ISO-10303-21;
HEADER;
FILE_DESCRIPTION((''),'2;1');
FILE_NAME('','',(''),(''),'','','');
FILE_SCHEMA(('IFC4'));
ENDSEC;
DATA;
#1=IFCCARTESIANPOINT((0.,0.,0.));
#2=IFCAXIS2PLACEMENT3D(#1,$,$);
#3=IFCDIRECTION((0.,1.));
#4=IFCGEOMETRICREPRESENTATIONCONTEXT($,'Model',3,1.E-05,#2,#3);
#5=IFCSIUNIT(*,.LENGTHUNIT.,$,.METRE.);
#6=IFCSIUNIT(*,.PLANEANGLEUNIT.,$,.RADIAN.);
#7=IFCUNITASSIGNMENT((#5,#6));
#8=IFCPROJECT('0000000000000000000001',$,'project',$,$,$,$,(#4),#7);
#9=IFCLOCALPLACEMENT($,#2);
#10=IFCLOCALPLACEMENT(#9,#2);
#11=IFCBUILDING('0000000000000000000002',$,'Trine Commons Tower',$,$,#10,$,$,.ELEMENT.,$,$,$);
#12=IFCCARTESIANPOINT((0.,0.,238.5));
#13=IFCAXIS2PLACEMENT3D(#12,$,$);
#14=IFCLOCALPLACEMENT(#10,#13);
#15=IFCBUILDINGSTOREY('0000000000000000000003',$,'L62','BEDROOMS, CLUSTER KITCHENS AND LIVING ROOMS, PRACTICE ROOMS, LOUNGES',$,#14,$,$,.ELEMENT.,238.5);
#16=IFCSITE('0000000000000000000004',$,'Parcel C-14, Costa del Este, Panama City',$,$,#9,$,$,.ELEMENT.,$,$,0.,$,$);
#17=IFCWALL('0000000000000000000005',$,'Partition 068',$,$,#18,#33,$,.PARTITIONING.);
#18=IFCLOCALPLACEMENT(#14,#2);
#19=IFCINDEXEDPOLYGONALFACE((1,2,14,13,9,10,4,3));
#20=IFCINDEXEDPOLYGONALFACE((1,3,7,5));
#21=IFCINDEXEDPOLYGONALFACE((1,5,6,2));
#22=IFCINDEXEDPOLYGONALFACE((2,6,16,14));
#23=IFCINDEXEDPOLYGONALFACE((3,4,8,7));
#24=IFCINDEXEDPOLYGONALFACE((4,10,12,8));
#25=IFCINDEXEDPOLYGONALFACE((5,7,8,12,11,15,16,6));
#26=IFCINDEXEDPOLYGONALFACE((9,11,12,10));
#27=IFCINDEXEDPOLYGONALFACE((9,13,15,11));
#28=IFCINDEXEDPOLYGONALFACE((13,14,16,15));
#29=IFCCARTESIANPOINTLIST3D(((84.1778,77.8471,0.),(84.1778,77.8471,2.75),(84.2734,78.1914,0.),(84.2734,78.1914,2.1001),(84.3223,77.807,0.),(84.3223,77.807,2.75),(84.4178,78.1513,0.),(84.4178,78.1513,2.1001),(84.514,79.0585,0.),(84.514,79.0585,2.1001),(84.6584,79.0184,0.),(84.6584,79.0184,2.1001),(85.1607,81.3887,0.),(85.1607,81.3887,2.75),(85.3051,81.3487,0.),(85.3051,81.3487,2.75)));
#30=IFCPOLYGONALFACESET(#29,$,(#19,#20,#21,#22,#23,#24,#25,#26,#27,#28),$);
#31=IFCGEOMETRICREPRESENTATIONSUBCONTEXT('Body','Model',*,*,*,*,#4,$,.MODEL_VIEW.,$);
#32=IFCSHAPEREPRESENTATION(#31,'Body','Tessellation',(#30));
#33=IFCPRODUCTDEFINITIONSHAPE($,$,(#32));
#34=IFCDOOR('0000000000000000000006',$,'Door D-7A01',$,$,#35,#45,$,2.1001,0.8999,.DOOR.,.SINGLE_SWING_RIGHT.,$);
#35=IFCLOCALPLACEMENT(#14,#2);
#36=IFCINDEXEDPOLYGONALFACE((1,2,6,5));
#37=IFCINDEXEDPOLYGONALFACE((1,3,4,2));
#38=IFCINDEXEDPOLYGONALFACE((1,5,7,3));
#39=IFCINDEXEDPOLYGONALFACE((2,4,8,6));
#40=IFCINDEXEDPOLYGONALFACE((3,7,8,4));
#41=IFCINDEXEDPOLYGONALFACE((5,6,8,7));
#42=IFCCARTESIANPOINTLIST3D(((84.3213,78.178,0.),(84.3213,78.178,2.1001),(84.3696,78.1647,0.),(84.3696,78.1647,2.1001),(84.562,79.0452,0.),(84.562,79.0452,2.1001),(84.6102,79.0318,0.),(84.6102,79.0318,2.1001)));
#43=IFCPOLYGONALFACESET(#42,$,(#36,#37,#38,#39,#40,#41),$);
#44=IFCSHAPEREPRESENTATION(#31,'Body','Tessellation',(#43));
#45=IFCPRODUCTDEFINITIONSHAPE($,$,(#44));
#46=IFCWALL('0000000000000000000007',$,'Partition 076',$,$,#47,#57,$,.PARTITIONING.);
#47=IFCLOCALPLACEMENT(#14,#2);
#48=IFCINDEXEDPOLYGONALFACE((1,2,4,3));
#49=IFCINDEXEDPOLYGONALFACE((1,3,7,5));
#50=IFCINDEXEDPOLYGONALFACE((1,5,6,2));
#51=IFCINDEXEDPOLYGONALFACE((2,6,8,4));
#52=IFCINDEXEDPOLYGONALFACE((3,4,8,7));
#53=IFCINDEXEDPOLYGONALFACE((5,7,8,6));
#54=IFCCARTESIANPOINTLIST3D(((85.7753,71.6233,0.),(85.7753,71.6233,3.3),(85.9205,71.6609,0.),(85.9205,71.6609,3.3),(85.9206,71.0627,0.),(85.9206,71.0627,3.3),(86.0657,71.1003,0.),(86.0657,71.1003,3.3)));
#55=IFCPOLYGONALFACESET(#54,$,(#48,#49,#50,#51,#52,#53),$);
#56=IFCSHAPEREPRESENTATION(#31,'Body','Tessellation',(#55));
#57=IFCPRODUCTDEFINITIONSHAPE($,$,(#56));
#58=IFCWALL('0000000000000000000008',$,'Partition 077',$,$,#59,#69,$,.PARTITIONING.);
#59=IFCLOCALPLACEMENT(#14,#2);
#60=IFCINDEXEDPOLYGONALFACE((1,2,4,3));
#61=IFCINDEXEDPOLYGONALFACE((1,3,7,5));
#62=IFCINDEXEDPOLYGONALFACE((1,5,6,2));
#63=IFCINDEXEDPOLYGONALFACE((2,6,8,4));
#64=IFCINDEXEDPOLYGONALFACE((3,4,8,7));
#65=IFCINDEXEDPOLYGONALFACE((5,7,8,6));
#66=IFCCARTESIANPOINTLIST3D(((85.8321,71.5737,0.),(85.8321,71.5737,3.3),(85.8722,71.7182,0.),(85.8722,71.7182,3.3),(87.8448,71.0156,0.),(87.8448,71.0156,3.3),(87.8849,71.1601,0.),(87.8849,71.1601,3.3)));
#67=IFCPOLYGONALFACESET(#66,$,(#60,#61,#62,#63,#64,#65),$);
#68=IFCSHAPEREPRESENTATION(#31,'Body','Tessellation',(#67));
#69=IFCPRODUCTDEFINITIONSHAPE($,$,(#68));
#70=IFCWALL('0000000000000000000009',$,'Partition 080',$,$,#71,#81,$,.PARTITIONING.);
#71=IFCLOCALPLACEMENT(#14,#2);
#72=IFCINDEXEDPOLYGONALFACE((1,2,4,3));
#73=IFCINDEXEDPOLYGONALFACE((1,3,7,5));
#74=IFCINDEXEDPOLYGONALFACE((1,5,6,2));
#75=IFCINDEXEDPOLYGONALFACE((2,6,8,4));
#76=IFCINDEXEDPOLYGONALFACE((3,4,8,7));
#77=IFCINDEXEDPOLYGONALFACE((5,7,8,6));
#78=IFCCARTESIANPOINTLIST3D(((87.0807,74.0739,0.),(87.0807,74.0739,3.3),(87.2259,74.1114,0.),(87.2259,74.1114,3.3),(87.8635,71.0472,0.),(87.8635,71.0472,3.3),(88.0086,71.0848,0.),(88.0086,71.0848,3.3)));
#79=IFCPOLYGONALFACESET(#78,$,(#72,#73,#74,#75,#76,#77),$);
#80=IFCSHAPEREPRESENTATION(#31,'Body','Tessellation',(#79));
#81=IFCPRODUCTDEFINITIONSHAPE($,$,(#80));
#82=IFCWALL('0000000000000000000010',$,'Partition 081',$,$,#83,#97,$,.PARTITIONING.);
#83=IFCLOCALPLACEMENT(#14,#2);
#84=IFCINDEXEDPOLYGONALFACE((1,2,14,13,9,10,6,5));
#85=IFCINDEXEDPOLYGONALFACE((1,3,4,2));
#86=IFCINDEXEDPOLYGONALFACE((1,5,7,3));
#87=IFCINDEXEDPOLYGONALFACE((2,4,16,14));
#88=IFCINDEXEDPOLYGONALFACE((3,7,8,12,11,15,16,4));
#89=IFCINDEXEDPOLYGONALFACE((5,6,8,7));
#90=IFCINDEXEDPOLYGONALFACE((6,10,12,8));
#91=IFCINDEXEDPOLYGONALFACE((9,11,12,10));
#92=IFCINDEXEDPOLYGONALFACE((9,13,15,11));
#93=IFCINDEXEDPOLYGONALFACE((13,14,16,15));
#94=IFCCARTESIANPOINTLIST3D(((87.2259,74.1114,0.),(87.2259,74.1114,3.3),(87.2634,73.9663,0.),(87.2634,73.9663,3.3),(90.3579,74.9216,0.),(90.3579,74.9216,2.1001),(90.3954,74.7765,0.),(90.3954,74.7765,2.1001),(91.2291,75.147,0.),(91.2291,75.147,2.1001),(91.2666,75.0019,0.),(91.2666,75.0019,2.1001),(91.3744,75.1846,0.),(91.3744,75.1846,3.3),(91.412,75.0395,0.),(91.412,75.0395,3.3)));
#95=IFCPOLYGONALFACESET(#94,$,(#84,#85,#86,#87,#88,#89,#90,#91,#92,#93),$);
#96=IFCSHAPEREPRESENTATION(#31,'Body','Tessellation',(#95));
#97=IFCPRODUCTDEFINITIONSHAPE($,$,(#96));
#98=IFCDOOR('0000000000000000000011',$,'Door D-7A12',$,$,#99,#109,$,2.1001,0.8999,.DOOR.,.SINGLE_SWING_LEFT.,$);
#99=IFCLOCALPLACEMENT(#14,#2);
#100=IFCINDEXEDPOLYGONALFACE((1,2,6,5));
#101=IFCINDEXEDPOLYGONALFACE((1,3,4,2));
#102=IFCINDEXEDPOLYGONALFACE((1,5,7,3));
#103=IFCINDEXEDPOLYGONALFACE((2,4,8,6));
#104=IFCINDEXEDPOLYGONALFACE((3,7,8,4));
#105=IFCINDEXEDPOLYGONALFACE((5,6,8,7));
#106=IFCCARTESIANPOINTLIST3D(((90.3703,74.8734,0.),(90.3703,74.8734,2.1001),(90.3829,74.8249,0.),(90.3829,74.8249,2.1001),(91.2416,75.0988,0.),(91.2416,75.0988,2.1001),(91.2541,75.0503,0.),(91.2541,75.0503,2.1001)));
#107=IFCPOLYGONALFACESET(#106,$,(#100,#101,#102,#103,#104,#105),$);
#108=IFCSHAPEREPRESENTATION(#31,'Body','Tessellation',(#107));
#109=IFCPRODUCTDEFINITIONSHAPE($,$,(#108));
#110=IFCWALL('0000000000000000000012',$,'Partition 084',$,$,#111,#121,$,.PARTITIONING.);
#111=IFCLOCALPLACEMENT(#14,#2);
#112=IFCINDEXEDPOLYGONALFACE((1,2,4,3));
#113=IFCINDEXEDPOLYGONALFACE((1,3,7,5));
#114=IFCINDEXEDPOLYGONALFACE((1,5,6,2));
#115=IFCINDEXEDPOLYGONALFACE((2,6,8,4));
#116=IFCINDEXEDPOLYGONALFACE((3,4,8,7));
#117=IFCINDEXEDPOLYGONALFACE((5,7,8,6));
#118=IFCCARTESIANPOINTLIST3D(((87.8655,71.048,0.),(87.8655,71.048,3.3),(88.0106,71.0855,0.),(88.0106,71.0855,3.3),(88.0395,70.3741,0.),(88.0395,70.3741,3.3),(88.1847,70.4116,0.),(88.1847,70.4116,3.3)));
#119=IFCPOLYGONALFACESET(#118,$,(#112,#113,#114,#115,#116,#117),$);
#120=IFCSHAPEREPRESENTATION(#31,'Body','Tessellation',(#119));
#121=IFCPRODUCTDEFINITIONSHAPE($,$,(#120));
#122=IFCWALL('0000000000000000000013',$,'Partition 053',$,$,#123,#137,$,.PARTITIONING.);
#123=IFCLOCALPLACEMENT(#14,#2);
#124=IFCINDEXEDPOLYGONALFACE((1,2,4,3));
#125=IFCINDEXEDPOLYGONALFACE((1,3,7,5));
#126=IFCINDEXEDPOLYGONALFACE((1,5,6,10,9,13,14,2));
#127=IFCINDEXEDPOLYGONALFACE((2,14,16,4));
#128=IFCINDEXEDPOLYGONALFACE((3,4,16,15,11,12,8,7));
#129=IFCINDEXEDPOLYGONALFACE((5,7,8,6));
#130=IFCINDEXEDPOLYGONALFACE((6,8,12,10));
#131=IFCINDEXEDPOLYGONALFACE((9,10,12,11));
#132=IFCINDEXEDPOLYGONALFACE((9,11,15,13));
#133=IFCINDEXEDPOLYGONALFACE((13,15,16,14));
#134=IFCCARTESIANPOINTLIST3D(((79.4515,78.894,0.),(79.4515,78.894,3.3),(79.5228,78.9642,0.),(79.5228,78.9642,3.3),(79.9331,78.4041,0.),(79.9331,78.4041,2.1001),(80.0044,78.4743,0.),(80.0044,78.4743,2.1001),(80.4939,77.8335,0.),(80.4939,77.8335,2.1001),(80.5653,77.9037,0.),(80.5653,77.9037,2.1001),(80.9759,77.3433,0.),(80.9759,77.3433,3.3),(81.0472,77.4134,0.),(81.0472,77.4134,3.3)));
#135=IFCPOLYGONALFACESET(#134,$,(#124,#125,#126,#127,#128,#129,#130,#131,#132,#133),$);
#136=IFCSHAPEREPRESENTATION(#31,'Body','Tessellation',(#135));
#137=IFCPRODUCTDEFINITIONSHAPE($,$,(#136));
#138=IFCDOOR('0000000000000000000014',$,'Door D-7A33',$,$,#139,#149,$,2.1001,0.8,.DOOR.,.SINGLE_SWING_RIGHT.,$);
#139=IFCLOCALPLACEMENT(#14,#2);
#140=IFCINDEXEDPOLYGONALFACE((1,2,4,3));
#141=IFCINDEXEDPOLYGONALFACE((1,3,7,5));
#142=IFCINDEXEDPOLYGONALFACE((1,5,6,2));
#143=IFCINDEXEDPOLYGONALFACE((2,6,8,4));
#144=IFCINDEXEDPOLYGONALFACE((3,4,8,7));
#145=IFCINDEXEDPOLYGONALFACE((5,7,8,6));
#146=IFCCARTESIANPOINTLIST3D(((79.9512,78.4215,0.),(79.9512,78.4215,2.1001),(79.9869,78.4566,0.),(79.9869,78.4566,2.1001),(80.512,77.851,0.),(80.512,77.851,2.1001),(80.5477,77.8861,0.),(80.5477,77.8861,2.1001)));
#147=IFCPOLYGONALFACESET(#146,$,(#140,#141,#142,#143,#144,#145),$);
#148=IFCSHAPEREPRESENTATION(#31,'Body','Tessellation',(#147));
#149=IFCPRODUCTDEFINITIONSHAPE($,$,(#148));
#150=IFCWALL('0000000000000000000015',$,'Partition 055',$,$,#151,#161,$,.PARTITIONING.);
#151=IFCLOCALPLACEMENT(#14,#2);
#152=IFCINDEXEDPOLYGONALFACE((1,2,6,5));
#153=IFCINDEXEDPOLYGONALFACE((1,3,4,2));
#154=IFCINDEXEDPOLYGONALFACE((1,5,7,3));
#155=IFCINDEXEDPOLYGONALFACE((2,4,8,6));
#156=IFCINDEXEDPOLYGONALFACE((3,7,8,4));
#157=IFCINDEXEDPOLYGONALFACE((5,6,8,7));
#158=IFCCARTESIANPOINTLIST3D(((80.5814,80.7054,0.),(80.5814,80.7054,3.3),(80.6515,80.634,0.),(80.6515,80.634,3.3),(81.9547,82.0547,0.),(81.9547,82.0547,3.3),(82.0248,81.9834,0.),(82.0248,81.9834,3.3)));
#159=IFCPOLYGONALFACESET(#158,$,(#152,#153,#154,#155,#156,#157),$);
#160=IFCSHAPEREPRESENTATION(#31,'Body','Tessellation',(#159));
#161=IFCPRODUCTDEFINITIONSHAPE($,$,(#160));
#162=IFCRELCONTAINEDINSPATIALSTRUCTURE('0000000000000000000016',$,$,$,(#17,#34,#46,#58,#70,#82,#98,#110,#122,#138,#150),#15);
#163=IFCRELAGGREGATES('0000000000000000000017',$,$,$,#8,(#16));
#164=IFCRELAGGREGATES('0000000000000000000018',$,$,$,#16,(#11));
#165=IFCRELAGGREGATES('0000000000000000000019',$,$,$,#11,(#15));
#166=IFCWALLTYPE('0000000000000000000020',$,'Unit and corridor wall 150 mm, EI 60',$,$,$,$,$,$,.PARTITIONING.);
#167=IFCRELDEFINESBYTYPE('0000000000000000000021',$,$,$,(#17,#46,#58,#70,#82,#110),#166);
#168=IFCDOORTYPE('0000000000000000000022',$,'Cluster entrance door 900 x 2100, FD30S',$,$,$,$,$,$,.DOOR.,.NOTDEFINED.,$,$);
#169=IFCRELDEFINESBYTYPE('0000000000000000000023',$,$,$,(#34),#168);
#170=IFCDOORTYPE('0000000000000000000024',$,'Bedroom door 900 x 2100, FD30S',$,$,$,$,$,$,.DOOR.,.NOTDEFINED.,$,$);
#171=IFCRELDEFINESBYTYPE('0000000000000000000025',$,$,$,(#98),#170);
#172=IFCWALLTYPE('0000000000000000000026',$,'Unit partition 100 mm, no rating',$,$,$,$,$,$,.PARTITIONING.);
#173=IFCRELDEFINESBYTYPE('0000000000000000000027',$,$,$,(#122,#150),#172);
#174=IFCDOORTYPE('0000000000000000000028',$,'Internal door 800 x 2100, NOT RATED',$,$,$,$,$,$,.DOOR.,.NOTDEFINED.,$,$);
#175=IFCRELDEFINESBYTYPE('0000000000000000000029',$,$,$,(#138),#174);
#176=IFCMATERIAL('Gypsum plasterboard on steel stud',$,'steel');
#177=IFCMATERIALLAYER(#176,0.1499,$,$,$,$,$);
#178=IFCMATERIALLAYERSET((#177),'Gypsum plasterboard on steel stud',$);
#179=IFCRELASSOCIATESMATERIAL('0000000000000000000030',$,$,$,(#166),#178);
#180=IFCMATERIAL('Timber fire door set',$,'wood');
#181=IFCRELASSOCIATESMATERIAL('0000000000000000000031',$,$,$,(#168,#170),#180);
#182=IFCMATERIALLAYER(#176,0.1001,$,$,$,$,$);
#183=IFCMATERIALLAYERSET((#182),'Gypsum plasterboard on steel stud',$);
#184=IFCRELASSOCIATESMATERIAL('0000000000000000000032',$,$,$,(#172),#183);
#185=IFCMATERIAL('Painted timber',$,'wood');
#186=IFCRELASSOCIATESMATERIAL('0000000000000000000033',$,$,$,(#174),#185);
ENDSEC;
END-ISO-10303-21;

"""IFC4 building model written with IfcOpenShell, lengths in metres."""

from ifc_helpers import new_model, si_unit, direction, frame, frame_2d, origin, place, context, subcontext, project, spatial, rectangle, extrude, material, layer, layer_set, type_object, element, fill, save


model = new_model("IFC4")

# Units and contexts
model_context = context("Model", 3, precision=1e-05, world=origin(), true_north=direction((0.0, 1.0)))
body_context = subcontext(model_context, "Body", "Model", "MODEL_VIEW")
ifc_project = project(units=[si_unit("LENGTHUNIT", "METRE"), si_unit("PLANEANGLEUNIT", "RADIAN")], contexts=[model_context])

# Site, building, storey
site_placement = place(None, origin())
site = spatial("IfcSite", under=ifc_project, at=site_placement, Name="Parcel C-14, Costa del Este, Panama City", CompositionType="ELEMENT", RefElevation=0.0)
building_placement = place(site_placement, origin())
building = spatial("IfcBuilding", under=site, at=building_placement, Name="Trine Commons Tower", CompositionType="ELEMENT")
storey_placement = place(building_placement, frame((0.0, 0.0, 238.5)))
storey = spatial("IfcBuildingStorey", under=building, at=storey_placement, Name="L62", Description="BEDROOMS, CLUSTER KITCHENS AND LIVING ROOMS, PRACTICE ROOMS, LOUNGES", CompositionType="ELEMENT", Elevation=238.5)

# Shared definitions
ifc_material_1 = material(Name="Gypsum plasterboard on steel stud", Category="steel")
ifc_layer_1 = layer(ifc_material_1, 0.1499)
ifc_layer_set_1 = layer_set([ifc_layer_1], Name="Gypsum plasterboard on steel stud")
wall_type_1 = type_object("IfcWallType", Name="Unit and corridor wall 150 mm, EI 60", PredefinedType="PARTITIONING", material=ifc_layer_set_1)

# Wall, opening, door
wall_1_placement = place(storey_placement, frame((84.25, 77.8269, 0.0), z_axis=(0.0, 0.0, 1.0), x_axis=(0.267414, 0.963582, 0.0)))
wall_1 = element("IfcWall", 1, at=wall_1_placement, inside=storey, type_object=wall_type_1, Name="Partition 068", PredefinedType="PARTITIONING", context=body_context, shape_type="SweptSolid", body=[
    extrude(rectangle(XDim=3.6755, YDim=0.1499, at=frame_2d((1.8379, 0.0))), origin(), (0.0, 0.0, 1.0), 2.75),
])
opening_1_placement = place(wall_1_placement, frame((0.3574, 0.0, 0.0)))
opening_1 = element("IfcOpeningElement", 2, at=opening_1_placement, cuts=wall_1, PredefinedType="OPENING", context=body_context, shape_type="SweptSolid", body=[
    extrude(rectangle(XDim=0.8999, YDim=2.1001, at=frame_2d((0.45, 1.05))), frame((0.0, 0.085, 0.0), z_axis=(0.0, -1.0, 0.0), x_axis=(1.0, 0.0, 0.0)), (0.0, 0.0, 1.0), 0.1699),
])
ifc_material_2 = material(Name="Timber fire door set", Category="wood")
door_type_1 = type_object("IfcDoorType", Name="Cluster entrance door 900 x 2100, FD30S", OperationType="NOTDEFINED", PredefinedType="DOOR", material=ifc_material_2)
door_1_placement = place(opening_1_placement, frame((0.8999, 0.0, 0.0), z_axis=(0.0, 0.0, 1.0), x_axis=(-1.0, 0.0, 0.0)))
door_1 = element("IfcDoor", 3, at=door_1_placement, inside=storey, type_object=door_type_1, Name="Door D-7A01", OperationType="SINGLE_SWING_RIGHT", OverallHeight=2.1001, OverallWidth=0.8999, PredefinedType="DOOR", context=body_context, shape_type="SweptSolid", body=[
    extrude(rectangle(XDim=0.8999, YDim=2.1001, at=frame_2d((0.45, 1.05))), frame((0.0, 0.0249, 0.0), z_axis=(0.0, -1.0, 0.0), x_axis=(1.0, 0.0, 0.0)), (0.0, 0.0, 1.0), 0.05),
])
fill(opening_1, door_1)

# Walls
wall_2_placement = place(storey_placement, frame((85.8479, 71.6421, 0.0), z_axis=(0.0, 0.0, 1.0), x_axis=(0.25086, -0.968023, 0.0)))
element("IfcWall", 4, at=wall_2_placement, inside=storey, type_object=wall_type_1, Name="Partition 076", PredefinedType="PARTITIONING", context=body_context, shape_type="SweptSolid", body=[
    extrude(rectangle(XDim=0.5791, YDim=0.1499, at=frame_2d((0.2896, 0.0))), origin(), (0.0, 0.0, 1.0), 3.3),
])
wall_3_placement = place(storey_placement, frame((85.8521, 71.646, 0.0), z_axis=(0.0, 0.0, 1.0), x_axis=(0.963638, -0.26721, 0.0)))
element("IfcWall", 5, at=wall_3_placement, inside=storey, type_object=wall_type_1, Name="Partition 077", PredefinedType="PARTITIONING", context=body_context, shape_type="SweptSolid", body=[
    extrude(rectangle(XDim=2.0886, YDim=0.1499, at=frame_2d((1.0444, 0.0))), origin(), (0.0, 0.0, 1.0), 3.3),
])
wall_4_placement = place(storey_placement, frame((87.1533, 74.0925, 0.0), z_axis=(0.0, 0.0, 1.0), x_axis=(0.250374, -0.968149, 0.0)))
element("IfcWall", 6, at=wall_4_placement, inside=storey, type_object=wall_type_1, Name="Partition 080", PredefinedType="PARTITIONING", context=body_context, shape_type="SweptSolid", body=[
    extrude(rectangle(XDim=3.1262, YDim=0.1499, at=frame_2d((1.563, 0.0))), origin(), (0.0, 0.0, 1.0), 3.3),
])

# Wall, opening, door
wall_5_placement = place(storey_placement, frame((87.2446, 74.0388, 0.0), z_axis=(0.0, 0.0, 1.0), x_axis=(0.96813, 0.25045, 0.0)))
wall_5 = element("IfcWall", 7, at=wall_5_placement, inside=storey, type_object=wall_type_1, Name="Partition 081", PredefinedType="PARTITIONING", context=body_context, shape_type="SweptSolid", body=[
    extrude(rectangle(XDim=4.2852, YDim=0.1499, at=frame_2d((2.1426, 0.0))), origin(), (0.0, 0.0, 1.0), 3.3),
])
opening_2_placement = place(wall_5_placement, frame((3.2351, 0.0, 0.0)))
opening_2 = element("IfcOpeningElement", 8, at=opening_2_placement, cuts=wall_5, PredefinedType="OPENING", context=body_context, shape_type="SweptSolid", body=[
    extrude(rectangle(XDim=0.8999, YDim=2.1001, at=frame_2d((0.45, 1.05))), frame((0.0, 0.085, 0.0), z_axis=(0.0, -1.0, 0.0), x_axis=(1.0, 0.0, 0.0)), (0.0, 0.0, 1.0), 0.1699),
])
door_type_2 = type_object("IfcDoorType", Name="Bedroom door 900 x 2100, FD30S", OperationType="NOTDEFINED", PredefinedType="DOOR", material=ifc_material_2)
door_2_placement = place(opening_2_placement, frame((0.8999, 0.0, 0.0), z_axis=(0.0, 0.0, 1.0), x_axis=(-1.0, 0.0, 0.0)))
door_2 = element("IfcDoor", 9, at=door_2_placement, inside=storey, type_object=door_type_2, Name="Door D-7A12", OperationType="SINGLE_SWING_LEFT", OverallHeight=2.1001, OverallWidth=0.8999, PredefinedType="DOOR", context=body_context, shape_type="SweptSolid", body=[
    extrude(rectangle(XDim=0.8999, YDim=2.1001, at=frame_2d((0.45, 1.05))), frame((0.0, 0.0249, 0.0), z_axis=(0.0, -1.0, 0.0), x_axis=(1.0, 0.0, 0.0)), (0.0, 0.0, 1.0), 0.05),
])
fill(opening_2, door_2)

# Wall
wall_6_placement = place(storey_placement, frame((87.938, 71.0669, 0.0), z_axis=(0.0, 0.0, 1.0), x_axis=(0.250122, -0.968214, 0.0)))
element("IfcWall", 10, at=wall_6_placement, inside=storey, type_object=wall_type_1, Name="Partition 084", PredefinedType="PARTITIONING", context=body_context, shape_type="SweptSolid", body=[
    extrude(rectangle(XDim=0.696, YDim=0.1499, at=frame_2d((0.3481, 0.0))), origin(), (0.0, 0.0, 1.0), 3.3),
])

# Wall, opening, door
ifc_layer_2 = layer(ifc_material_1, 0.1001)
ifc_layer_set_2 = layer_set([ifc_layer_2], Name="Gypsum plasterboard on steel stud")
wall_type_2 = type_object("IfcWallType", Name="Unit partition 100 mm, no rating", PredefinedType="PARTITIONING", material=ifc_layer_set_2)
wall_7_placement = place(storey_placement, frame((79.4871, 78.9292, 0.0), z_axis=(0.0, 0.0, 1.0), x_axis=(0.701018, -0.713143, 0.0)))
wall_7 = element("IfcWall", 11, at=wall_7_placement, inside=storey, type_object=wall_type_2, Name="Partition 053", PredefinedType="PARTITIONING", context=body_context, shape_type="SweptSolid", body=[
    extrude(rectangle(XDim=2.1746, YDim=0.1001, at=frame_2d((1.0874, 0.0))), origin(), (0.0, 0.0, 1.0), 3.3),
])
opening_3_placement = place(wall_7_placement, frame((0.6873, 0.0, 0.0)))
opening_3 = element("IfcOpeningElement", 12, at=opening_3_placement, cuts=wall_7, PredefinedType="OPENING", context=body_context, shape_type="SweptSolid", body=[
    extrude(rectangle(XDim=0.8, YDim=2.1001, at=frame_2d((0.3999, 1.05))), frame((0.0, 0.0601, 0.0), z_axis=(0.0, -1.0, 0.0), x_axis=(1.0, 0.0, 0.0)), (0.0, 0.0, 1.0), 0.1201),
])
ifc_material_3 = material(Name="Painted timber", Category="wood")
door_type_3 = type_object("IfcDoorType", Name="Internal door 800 x 2100, NOT RATED", OperationType="NOTDEFINED", PredefinedType="DOOR", material=ifc_material_3)
door_3_placement = place(opening_3_placement, frame((0.8, 0.0, 0.0), z_axis=(0.0, 0.0, 1.0), x_axis=(-1.0, 0.0, 0.0)))
door_3 = element("IfcDoor", 13, at=door_3_placement, inside=storey, type_object=door_type_3, Name="Door D-7A33", OperationType="SINGLE_SWING_RIGHT", OverallHeight=2.1001, OverallWidth=0.8, PredefinedType="DOOR", context=body_context, shape_type="SweptSolid", body=[
    extrude(rectangle(XDim=0.8, YDim=2.1001, at=frame_2d((0.3999, 1.05))), frame((0.0, 0.0249, 0.0), z_axis=(0.0, -1.0, 0.0), x_axis=(1.0, 0.0, 0.0)), (0.0, 0.0, 1.0), 0.05),
])
fill(opening_3, door_3)

# Wall
wall_8_placement = place(storey_placement, frame((80.6165, 80.6697, 0.0), z_axis=(0.0, 0.0, 1.0), x_axis=(0.713293, 0.700866, 0.0)))
element("IfcWall", 14, at=wall_8_placement, inside=storey, type_object=wall_type_2, Name="Partition 055", PredefinedType="PARTITIONING", context=body_context, shape_type="SweptSolid", body=[
    extrude(rectangle(XDim=1.9253, YDim=0.1001, at=frame_2d((0.9626, 0.0))), origin(), (0.0, 0.0, 1.0), 3.3),
])

save(model, "model.ifc")
